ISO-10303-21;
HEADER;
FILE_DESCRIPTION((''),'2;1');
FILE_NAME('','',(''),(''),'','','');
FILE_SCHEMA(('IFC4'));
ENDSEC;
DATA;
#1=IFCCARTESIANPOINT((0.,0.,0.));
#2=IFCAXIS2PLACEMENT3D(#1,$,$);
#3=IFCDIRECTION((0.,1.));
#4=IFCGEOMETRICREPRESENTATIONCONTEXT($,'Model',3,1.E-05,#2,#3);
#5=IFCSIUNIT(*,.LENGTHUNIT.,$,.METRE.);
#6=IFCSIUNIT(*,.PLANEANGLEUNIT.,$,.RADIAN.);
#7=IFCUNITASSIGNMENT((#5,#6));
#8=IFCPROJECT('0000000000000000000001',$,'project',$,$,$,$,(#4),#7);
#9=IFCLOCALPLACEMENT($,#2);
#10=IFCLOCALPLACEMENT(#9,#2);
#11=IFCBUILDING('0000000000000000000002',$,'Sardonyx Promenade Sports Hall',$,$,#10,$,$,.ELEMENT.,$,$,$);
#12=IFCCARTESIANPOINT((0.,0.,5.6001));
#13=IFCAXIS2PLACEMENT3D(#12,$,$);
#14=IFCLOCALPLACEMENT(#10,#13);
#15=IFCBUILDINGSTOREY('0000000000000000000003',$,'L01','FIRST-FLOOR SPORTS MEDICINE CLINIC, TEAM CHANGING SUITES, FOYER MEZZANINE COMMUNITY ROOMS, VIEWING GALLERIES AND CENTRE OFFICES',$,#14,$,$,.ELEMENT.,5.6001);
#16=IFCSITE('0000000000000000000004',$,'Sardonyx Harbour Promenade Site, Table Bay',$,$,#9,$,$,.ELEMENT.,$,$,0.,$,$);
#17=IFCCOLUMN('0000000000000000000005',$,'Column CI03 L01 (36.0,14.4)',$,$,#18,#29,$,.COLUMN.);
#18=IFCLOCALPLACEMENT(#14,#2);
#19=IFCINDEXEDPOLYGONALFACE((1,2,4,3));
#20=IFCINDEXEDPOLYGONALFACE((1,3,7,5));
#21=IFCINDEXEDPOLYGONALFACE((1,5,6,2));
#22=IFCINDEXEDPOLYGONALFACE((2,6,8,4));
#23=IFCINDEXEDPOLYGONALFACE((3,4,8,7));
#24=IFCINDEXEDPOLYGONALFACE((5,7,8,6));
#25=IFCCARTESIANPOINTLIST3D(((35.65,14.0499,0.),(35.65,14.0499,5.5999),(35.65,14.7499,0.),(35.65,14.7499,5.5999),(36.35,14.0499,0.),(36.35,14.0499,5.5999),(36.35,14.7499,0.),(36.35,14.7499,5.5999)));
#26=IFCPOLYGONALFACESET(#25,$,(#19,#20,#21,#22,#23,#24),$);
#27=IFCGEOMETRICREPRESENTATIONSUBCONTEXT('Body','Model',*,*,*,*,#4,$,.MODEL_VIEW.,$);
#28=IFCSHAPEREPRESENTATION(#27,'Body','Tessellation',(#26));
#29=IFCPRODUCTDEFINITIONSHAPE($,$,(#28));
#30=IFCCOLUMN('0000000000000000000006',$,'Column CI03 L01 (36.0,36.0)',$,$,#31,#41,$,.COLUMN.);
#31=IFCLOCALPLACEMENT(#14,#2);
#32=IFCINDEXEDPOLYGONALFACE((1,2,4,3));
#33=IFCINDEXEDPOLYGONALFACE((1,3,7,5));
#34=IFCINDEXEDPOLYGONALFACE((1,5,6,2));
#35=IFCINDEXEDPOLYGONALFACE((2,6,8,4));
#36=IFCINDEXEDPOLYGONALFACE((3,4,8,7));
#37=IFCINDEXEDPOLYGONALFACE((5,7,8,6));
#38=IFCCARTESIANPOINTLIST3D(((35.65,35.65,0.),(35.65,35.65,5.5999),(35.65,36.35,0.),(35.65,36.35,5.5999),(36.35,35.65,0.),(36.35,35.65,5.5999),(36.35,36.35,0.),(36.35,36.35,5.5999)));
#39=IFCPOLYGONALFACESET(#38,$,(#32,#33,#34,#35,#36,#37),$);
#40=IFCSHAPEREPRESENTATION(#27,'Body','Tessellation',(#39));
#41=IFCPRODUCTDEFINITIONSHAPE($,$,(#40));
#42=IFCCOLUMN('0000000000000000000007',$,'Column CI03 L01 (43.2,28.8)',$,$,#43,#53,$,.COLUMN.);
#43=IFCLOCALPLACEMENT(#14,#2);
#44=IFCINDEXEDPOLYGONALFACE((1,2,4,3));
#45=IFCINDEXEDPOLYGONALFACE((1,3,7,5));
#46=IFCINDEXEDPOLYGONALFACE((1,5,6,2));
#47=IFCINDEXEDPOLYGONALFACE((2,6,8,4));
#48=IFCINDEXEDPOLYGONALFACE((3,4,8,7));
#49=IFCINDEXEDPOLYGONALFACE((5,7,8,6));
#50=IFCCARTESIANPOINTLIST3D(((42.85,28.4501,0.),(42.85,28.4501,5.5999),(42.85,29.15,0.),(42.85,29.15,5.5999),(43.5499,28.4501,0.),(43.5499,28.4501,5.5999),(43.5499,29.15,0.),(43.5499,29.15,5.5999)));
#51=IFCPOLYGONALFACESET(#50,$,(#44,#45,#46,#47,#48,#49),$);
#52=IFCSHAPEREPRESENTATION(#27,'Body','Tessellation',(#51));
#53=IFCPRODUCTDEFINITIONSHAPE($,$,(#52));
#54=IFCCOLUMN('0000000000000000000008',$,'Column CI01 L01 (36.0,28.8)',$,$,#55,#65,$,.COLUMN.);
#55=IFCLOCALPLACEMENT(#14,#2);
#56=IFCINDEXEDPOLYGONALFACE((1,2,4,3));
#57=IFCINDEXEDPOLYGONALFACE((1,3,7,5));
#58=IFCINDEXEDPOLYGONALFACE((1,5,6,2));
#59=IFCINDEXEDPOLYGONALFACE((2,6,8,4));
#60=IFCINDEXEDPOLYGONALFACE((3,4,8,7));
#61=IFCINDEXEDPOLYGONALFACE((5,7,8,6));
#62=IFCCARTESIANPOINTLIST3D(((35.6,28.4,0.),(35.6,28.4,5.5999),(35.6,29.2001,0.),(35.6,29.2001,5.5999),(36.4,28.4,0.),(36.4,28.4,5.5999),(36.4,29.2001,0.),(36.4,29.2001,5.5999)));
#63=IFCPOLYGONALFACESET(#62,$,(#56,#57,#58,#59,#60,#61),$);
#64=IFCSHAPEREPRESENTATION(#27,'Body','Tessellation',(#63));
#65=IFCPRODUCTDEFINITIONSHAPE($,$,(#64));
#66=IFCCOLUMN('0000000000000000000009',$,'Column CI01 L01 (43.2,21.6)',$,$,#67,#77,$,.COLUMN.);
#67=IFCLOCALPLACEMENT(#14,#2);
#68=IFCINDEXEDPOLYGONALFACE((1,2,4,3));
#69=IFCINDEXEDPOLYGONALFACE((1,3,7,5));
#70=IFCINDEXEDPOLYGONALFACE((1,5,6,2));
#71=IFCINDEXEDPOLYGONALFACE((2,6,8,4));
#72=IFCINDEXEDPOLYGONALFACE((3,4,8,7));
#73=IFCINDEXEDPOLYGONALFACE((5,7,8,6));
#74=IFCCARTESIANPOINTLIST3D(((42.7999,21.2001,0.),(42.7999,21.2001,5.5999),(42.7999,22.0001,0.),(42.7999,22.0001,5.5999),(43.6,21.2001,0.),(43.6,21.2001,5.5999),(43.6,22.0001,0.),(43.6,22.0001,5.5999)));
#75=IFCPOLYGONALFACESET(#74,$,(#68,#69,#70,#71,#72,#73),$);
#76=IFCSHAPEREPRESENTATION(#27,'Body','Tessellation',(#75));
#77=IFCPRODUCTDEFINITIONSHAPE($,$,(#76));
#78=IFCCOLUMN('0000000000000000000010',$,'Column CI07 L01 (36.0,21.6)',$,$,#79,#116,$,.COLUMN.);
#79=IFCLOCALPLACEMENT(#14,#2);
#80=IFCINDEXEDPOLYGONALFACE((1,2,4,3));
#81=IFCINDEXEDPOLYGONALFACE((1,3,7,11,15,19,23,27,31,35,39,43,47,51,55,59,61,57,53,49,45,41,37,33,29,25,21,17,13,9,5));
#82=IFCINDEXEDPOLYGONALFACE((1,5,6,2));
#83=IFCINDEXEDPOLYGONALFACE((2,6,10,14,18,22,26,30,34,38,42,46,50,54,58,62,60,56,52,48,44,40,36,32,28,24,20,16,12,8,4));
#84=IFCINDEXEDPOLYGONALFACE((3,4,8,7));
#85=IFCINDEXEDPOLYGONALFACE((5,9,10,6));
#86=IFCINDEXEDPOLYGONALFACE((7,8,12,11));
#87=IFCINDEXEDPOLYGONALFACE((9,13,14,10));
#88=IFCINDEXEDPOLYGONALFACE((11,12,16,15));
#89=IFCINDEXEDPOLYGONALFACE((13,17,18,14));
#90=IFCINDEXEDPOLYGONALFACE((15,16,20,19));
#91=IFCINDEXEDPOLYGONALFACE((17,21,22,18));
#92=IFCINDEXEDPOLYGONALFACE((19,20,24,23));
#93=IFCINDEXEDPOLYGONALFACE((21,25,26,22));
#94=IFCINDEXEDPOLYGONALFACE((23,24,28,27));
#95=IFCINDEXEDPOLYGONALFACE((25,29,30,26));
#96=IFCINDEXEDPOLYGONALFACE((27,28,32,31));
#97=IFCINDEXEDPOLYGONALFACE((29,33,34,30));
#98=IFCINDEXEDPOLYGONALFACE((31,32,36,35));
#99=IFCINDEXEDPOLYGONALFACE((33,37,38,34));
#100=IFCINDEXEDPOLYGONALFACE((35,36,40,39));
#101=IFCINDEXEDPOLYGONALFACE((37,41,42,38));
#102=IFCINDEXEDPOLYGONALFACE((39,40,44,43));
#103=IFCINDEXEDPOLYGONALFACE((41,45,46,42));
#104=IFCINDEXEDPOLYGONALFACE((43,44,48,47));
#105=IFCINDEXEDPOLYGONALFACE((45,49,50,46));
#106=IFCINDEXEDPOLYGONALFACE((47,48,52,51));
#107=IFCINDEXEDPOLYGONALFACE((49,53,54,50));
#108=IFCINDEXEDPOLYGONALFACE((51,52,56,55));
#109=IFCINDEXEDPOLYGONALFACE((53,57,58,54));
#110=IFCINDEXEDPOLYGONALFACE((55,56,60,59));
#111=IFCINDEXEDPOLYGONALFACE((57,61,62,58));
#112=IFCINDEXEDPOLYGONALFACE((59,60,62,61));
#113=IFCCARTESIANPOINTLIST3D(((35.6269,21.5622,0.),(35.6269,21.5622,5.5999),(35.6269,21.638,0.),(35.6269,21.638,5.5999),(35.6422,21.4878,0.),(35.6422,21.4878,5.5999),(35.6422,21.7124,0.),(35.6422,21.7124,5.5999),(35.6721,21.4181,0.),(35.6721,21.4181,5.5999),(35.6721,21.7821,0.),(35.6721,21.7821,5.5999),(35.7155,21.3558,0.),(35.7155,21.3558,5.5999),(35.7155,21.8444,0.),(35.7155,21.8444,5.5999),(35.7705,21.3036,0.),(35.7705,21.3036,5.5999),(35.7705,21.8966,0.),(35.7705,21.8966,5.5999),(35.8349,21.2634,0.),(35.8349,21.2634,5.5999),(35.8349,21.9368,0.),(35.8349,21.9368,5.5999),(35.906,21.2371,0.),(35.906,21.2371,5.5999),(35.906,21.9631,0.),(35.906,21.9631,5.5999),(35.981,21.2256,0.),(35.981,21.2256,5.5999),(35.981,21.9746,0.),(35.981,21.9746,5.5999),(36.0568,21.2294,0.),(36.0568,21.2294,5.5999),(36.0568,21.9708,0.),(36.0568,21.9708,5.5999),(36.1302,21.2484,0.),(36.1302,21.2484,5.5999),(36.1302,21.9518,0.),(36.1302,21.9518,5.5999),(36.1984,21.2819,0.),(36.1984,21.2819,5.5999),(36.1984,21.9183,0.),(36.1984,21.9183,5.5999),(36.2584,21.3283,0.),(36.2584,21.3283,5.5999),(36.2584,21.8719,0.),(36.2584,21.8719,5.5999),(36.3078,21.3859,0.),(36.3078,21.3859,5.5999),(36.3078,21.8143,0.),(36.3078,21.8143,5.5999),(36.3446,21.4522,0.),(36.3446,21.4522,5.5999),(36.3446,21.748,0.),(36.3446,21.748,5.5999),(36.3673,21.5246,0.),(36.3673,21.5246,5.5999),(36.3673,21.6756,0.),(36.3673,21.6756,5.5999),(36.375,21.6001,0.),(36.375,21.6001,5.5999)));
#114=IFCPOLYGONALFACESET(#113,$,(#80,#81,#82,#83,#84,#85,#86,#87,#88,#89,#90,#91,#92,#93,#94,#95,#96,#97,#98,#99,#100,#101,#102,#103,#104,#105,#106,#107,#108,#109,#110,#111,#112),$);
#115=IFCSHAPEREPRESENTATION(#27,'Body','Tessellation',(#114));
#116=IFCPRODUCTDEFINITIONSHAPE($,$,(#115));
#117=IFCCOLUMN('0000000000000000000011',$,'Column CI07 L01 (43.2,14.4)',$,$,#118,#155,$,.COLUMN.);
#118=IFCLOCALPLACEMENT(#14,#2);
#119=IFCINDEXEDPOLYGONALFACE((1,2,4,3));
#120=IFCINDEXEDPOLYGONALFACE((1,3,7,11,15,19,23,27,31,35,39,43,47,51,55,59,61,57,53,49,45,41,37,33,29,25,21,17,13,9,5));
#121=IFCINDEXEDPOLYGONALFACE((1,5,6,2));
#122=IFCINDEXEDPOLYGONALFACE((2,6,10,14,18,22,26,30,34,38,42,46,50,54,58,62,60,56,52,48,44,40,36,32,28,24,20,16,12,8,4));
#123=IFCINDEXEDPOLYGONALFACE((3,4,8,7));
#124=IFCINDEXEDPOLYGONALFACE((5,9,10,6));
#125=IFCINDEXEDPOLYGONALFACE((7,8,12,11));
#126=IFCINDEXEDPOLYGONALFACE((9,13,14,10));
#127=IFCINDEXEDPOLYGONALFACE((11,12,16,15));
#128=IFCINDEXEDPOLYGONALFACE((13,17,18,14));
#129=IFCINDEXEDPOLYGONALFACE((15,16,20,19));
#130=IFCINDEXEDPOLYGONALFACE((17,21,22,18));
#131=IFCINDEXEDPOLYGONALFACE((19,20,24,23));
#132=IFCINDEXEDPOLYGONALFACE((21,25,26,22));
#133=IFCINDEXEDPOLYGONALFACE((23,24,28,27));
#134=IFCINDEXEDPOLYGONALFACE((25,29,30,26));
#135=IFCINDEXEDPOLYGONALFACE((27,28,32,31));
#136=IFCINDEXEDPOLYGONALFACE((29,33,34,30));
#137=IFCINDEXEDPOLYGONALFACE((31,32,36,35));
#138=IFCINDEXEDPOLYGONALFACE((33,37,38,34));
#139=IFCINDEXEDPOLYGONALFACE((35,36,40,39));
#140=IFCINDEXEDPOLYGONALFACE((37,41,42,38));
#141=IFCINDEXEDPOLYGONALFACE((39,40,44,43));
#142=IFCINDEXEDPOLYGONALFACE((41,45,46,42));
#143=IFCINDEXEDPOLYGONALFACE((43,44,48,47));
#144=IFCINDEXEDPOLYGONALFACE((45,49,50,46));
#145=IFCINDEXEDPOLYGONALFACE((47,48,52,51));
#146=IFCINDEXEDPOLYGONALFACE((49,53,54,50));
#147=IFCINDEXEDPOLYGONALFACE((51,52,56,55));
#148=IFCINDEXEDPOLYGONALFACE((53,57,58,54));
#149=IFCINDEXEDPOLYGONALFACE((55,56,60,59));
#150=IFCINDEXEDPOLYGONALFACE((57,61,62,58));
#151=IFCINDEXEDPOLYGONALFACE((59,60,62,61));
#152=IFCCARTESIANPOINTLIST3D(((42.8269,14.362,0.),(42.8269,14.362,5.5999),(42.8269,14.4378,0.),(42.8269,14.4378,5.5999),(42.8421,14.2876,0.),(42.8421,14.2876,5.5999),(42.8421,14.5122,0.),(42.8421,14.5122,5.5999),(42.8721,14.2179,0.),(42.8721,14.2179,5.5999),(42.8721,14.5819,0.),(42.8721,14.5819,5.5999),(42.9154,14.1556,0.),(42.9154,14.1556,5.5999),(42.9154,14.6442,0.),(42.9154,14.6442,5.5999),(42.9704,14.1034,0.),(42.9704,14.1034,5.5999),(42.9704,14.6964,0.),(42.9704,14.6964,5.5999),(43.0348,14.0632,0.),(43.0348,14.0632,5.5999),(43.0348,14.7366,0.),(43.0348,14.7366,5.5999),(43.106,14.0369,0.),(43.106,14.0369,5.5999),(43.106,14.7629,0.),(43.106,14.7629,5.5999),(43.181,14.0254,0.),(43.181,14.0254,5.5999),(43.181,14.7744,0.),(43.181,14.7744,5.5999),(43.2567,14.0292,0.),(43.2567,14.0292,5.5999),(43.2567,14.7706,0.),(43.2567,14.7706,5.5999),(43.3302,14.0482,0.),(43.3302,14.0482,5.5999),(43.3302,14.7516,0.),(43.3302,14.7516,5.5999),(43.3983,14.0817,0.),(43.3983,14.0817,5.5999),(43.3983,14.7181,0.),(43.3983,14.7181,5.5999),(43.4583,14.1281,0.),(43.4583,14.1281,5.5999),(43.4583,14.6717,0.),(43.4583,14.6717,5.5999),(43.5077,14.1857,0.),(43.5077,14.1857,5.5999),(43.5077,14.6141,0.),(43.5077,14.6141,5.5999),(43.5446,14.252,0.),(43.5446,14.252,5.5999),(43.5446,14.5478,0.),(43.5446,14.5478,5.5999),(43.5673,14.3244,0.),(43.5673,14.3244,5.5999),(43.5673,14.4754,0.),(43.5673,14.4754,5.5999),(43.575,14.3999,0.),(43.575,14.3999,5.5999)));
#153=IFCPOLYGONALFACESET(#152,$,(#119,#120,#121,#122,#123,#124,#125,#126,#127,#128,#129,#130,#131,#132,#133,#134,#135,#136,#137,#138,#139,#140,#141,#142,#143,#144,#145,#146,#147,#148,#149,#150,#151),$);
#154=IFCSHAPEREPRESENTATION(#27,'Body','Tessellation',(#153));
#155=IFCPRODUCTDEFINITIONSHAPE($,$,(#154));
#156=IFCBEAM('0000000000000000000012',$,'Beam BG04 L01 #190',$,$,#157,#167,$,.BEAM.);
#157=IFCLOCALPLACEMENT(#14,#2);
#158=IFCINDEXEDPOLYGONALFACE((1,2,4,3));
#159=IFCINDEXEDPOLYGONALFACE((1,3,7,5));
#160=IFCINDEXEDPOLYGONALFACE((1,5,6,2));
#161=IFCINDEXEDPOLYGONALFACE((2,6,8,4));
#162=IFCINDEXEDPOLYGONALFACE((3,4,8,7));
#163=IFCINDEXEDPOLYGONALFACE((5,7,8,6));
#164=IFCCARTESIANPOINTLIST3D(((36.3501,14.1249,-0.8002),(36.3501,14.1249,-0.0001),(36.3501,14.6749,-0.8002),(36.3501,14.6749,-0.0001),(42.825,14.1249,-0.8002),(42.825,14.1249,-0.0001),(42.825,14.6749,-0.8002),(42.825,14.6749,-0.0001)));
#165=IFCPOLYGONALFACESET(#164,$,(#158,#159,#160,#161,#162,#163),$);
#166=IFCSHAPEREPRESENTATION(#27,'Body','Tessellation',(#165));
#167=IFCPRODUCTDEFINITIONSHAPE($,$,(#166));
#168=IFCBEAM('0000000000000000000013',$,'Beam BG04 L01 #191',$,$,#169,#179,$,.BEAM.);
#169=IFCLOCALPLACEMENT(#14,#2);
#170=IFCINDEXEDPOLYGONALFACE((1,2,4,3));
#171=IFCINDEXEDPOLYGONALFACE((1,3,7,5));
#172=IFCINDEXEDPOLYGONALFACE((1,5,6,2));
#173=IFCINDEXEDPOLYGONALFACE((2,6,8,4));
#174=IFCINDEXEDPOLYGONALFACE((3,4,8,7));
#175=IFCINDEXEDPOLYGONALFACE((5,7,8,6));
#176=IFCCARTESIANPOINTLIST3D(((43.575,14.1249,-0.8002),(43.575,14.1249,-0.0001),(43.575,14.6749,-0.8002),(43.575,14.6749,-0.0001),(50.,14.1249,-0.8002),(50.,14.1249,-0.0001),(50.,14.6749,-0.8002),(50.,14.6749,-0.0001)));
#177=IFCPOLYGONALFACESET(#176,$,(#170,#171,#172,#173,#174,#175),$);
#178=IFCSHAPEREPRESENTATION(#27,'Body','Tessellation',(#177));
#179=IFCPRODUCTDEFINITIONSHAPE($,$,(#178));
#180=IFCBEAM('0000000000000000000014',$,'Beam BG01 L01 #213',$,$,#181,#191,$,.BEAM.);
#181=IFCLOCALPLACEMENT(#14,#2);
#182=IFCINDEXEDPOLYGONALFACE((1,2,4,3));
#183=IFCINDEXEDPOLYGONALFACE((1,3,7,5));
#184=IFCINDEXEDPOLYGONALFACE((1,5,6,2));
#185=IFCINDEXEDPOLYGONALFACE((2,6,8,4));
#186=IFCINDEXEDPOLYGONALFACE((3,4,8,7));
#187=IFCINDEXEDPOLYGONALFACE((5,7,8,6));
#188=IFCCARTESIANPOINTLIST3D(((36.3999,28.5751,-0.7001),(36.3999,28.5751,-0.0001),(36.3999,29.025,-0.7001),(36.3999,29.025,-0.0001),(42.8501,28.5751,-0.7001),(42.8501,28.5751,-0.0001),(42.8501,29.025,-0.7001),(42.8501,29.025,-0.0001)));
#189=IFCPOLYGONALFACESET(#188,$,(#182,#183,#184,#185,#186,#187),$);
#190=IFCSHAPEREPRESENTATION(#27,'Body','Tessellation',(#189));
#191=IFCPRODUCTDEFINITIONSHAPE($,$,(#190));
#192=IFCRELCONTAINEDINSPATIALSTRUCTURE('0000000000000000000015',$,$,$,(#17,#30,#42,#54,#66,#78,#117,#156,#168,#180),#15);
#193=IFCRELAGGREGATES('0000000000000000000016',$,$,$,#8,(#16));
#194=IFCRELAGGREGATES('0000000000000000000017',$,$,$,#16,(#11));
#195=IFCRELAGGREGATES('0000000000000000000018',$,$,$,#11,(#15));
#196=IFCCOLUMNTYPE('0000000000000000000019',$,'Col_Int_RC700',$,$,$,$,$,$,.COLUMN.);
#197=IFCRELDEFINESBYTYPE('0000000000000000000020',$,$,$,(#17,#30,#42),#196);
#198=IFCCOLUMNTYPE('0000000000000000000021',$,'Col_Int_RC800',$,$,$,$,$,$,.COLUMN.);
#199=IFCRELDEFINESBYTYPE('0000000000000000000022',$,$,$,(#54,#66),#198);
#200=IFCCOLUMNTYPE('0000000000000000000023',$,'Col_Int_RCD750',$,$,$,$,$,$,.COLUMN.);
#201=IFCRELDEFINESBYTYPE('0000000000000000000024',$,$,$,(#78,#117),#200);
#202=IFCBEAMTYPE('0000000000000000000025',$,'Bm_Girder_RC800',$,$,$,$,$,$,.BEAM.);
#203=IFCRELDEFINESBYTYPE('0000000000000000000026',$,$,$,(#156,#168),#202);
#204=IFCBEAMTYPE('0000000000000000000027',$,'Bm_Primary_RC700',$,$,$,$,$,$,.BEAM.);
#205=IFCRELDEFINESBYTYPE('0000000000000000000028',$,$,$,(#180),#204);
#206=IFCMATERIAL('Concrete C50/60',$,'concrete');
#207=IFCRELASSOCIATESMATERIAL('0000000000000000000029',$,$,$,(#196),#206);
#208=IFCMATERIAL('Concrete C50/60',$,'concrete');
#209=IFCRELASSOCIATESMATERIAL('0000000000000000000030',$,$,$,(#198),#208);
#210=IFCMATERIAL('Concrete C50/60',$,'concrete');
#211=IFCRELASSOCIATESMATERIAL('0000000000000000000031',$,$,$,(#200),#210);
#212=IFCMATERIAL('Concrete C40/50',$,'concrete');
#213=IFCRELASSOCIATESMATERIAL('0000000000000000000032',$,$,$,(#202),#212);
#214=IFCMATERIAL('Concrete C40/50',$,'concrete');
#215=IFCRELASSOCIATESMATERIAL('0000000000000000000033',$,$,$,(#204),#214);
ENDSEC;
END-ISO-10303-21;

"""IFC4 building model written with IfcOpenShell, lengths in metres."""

from ifc_helpers import new_model, si_unit, direction, frame, origin, origin_2d, place, context, subcontext, project, spatial, rectangle, circle, extrude, material, material_profile, profile_set, type_object, element, save


model = new_model("IFC4")

# Units and contexts
model_context = context("Model", 3, precision=1e-05, world=origin(), true_north=direction((0.0, 1.0)))
body_context = subcontext(model_context, "Body", "Model", "MODEL_VIEW")
ifc_project = project(units=[si_unit("LENGTHUNIT", "METRE"), si_unit("PLANEANGLEUNIT", "RADIAN")], contexts=[model_context])

# Site, building, storey
site_placement = place(None, origin())
site = spatial("IfcSite", under=ifc_project, at=site_placement, Name="Sardonyx Harbour Promenade Site, Table Bay", CompositionType="ELEMENT", RefElevation=0.0)
building_placement = place(site_placement, origin())
building = spatial("IfcBuilding", under=site, at=building_placement, Name="Sardonyx Promenade Sports Hall", CompositionType="ELEMENT")
storey_placement = place(building_placement, frame((0.0, 0.0, 5.6001)))
storey = spatial("IfcBuildingStorey", under=building, at=storey_placement, Name="L01", Description="FIRST-FLOOR SPORTS MEDICINE CLINIC, TEAM CHANGING SUITES, FOYER MEZZANINE COMMUNITY ROOMS, VIEWING GALLERIES AND CENTRE OFFICES", CompositionType="ELEMENT", Elevation=5.6001)

# Columns
ifc_material_1 = material(Name="Concrete C50/60", Category="concrete")
ifc_material_profile_1 = material_profile(ifc_material_1, rectangle(XDim=0.7, YDim=0.7, at=origin_2d()))
ifc_profile_set_1 = profile_set([ifc_material_profile_1], Name="Concrete C50/60")
column_type_1 = type_object("IfcColumnType", Name="Col_Int_RC700", PredefinedType="COLUMN", material=ifc_profile_set_1)
for number, where, z_axis, x_axis, name in (
    (1, (36.0, 14.3999, 0.0), (0.0, 0.0, 1.0), (1.0, 0.0, 0.0), "Column CI03 L01 (36.0,14.4)"),
    (2, (36.0, 36.0, 0.0), (0.0, 0.0, 1.0), (1.0, 0.0, 0.0), "Column CI03 L01 (36.0,36.0)"),
    (3, (43.2, 28.8, 0.0), (0.0, 0.0, 1.0), (1.0, 0.0, 0.0), "Column CI03 L01 (43.2,28.8)"),
):
    element("IfcColumn", number, at=place(storey_placement, frame(where, z_axis=z_axis, x_axis=x_axis)), inside=storey, type_object=column_type_1, Name=name, PredefinedType="COLUMN", context=body_context, shape_type="SweptSolid", body=[
        extrude(rectangle(XDim=0.7, YDim=0.7, at=origin_2d()), origin(), (0.0, 0.0, 1.0), 5.5999),
    ])
ifc_material_2 = material(Name="Concrete C50/60", Category="concrete")
ifc_material_profile_2 = material_profile(ifc_material_2, rectangle(XDim=0.8, YDim=0.8, at=origin_2d()))
ifc_profile_set_2 = profile_set([ifc_material_profile_2], Name="Concrete C50/60")
column_type_2 = type_object("IfcColumnType", Name="Col_Int_RC800", PredefinedType="COLUMN", material=ifc_profile_set_2)
for number, where, z_axis, x_axis, name in (
    (4, (36.0, 28.8, 0.0), (0.0, 0.0, 1.0), (1.0, 0.0, 0.0), "Column CI01 L01 (36.0,28.8)"),
    (5, (43.2, 21.6001, 0.0), (0.0, 0.0, 1.0), (1.0, 0.0, 0.0), "Column CI01 L01 (43.2,21.6)"),
):
    element("IfcColumn", number, at=place(storey_placement, frame(where, z_axis=z_axis, x_axis=x_axis)), inside=storey, type_object=column_type_2, Name=name, PredefinedType="COLUMN", context=body_context, shape_type="SweptSolid", body=[
        extrude(rectangle(XDim=0.8, YDim=0.8, at=origin_2d()), origin(), (0.0, 0.0, 1.0), 5.5999),
    ])
ifc_material_3 = material(Name="Concrete C50/60", Category="concrete")
ifc_material_profile_3 = material_profile(ifc_material_3, circle(Radius=0.375, at=origin_2d()))
ifc_profile_set_3 = profile_set([ifc_material_profile_3], Name="Concrete C50/60")
column_type_3 = type_object("IfcColumnType", Name="Col_Int_RCD750", PredefinedType="COLUMN", material=ifc_profile_set_3)
for number, where, z_axis, x_axis, name in (
    (6, (36.0, 21.6001, 0.0), (0.0, 0.0, 1.0), (1.0, 0.0, 0.0), "Column CI07 L01 (36.0,21.6)"),
    (7, (43.2, 14.3999, 0.0), (0.0, 0.0, 1.0), (1.0, 0.0, 0.0), "Column CI07 L01 (43.2,14.4)"),
):
    element("IfcColumn", number, at=place(storey_placement, frame(where, z_axis=z_axis, x_axis=x_axis)), inside=storey, type_object=column_type_3, Name=name, PredefinedType="COLUMN", context=body_context, shape_type="SweptSolid", body=[
        extrude(circle(Radius=0.375, at=origin_2d()), origin(), (0.0, 0.0, 1.0), 5.5999),
    ])

# Beams
ifc_material_4 = material(Name="Concrete C40/50", Category="concrete")
ifc_material_profile_4 = material_profile(ifc_material_4, rectangle(XDim=0.55, YDim=0.8, at=origin_2d()))
ifc_profile_set_4 = profile_set([ifc_material_profile_4], Name="Concrete C40/50")
beam_type_1 = type_object("IfcBeamType", Name="Bm_Girder_RC800", PredefinedType="BEAM", material=ifc_profile_set_4)
beam_1_placement = place(storey_placement, frame((36.3501, 14.3999, -0.4001), z_axis=(1.0, 0.0, 0.0), x_axis=(0.0, 1.0, 0.0)))
element("IfcBeam", 8, at=beam_1_placement, inside=storey, type_object=beam_type_1, Name="Beam BG04 L01 #190", PredefinedType="BEAM", context=body_context, shape_type="SweptSolid", body=[
    extrude(rectangle(XDim=0.55, YDim=0.8, at=origin_2d()), origin(), (0.0, 0.0, 1.0), 6.4749),
])
beam_2_placement = place(storey_placement, frame((43.575, 14.3999, -0.4001), z_axis=(1.0, 0.0, 0.0), x_axis=(0.0, 1.0, 0.0)))
element("IfcBeam", 9, at=beam_2_placement, inside=storey, type_object=beam_type_1, Name="Beam BG04 L01 #191", PredefinedType="BEAM", context=body_context, shape_type="SweptSolid", body=[
    extrude(rectangle(XDim=0.55, YDim=0.8, at=origin_2d()), origin(), (0.0, 0.0, 1.0), 6.425),
])
ifc_material_5 = material(Name="Concrete C40/50", Category="concrete")
ifc_material_profile_5 = material_profile(ifc_material_5, rectangle(XDim=0.45, YDim=0.7, at=origin_2d()))
ifc_profile_set_5 = profile_set([ifc_material_profile_5], Name="Concrete C40/50")
beam_type_2 = type_object("IfcBeamType", Name="Bm_Primary_RC700", PredefinedType="BEAM", material=ifc_profile_set_5)
beam_3_placement = place(storey_placement, frame((36.3999, 28.8, -0.3501), z_axis=(1.0, 0.0, 0.0), x_axis=(0.0, 1.0, 0.0)))
element("IfcBeam", 10, at=beam_3_placement, inside=storey, type_object=beam_type_2, Name="Beam BG01 L01 #213", PredefinedType="BEAM", context=body_context, shape_type="SweptSolid", body=[
    extrude(rectangle(XDim=0.45, YDim=0.7, at=origin_2d()), origin(), (0.0, 0.0, 1.0), 6.4502),
])

save(model, "model.ifc")
